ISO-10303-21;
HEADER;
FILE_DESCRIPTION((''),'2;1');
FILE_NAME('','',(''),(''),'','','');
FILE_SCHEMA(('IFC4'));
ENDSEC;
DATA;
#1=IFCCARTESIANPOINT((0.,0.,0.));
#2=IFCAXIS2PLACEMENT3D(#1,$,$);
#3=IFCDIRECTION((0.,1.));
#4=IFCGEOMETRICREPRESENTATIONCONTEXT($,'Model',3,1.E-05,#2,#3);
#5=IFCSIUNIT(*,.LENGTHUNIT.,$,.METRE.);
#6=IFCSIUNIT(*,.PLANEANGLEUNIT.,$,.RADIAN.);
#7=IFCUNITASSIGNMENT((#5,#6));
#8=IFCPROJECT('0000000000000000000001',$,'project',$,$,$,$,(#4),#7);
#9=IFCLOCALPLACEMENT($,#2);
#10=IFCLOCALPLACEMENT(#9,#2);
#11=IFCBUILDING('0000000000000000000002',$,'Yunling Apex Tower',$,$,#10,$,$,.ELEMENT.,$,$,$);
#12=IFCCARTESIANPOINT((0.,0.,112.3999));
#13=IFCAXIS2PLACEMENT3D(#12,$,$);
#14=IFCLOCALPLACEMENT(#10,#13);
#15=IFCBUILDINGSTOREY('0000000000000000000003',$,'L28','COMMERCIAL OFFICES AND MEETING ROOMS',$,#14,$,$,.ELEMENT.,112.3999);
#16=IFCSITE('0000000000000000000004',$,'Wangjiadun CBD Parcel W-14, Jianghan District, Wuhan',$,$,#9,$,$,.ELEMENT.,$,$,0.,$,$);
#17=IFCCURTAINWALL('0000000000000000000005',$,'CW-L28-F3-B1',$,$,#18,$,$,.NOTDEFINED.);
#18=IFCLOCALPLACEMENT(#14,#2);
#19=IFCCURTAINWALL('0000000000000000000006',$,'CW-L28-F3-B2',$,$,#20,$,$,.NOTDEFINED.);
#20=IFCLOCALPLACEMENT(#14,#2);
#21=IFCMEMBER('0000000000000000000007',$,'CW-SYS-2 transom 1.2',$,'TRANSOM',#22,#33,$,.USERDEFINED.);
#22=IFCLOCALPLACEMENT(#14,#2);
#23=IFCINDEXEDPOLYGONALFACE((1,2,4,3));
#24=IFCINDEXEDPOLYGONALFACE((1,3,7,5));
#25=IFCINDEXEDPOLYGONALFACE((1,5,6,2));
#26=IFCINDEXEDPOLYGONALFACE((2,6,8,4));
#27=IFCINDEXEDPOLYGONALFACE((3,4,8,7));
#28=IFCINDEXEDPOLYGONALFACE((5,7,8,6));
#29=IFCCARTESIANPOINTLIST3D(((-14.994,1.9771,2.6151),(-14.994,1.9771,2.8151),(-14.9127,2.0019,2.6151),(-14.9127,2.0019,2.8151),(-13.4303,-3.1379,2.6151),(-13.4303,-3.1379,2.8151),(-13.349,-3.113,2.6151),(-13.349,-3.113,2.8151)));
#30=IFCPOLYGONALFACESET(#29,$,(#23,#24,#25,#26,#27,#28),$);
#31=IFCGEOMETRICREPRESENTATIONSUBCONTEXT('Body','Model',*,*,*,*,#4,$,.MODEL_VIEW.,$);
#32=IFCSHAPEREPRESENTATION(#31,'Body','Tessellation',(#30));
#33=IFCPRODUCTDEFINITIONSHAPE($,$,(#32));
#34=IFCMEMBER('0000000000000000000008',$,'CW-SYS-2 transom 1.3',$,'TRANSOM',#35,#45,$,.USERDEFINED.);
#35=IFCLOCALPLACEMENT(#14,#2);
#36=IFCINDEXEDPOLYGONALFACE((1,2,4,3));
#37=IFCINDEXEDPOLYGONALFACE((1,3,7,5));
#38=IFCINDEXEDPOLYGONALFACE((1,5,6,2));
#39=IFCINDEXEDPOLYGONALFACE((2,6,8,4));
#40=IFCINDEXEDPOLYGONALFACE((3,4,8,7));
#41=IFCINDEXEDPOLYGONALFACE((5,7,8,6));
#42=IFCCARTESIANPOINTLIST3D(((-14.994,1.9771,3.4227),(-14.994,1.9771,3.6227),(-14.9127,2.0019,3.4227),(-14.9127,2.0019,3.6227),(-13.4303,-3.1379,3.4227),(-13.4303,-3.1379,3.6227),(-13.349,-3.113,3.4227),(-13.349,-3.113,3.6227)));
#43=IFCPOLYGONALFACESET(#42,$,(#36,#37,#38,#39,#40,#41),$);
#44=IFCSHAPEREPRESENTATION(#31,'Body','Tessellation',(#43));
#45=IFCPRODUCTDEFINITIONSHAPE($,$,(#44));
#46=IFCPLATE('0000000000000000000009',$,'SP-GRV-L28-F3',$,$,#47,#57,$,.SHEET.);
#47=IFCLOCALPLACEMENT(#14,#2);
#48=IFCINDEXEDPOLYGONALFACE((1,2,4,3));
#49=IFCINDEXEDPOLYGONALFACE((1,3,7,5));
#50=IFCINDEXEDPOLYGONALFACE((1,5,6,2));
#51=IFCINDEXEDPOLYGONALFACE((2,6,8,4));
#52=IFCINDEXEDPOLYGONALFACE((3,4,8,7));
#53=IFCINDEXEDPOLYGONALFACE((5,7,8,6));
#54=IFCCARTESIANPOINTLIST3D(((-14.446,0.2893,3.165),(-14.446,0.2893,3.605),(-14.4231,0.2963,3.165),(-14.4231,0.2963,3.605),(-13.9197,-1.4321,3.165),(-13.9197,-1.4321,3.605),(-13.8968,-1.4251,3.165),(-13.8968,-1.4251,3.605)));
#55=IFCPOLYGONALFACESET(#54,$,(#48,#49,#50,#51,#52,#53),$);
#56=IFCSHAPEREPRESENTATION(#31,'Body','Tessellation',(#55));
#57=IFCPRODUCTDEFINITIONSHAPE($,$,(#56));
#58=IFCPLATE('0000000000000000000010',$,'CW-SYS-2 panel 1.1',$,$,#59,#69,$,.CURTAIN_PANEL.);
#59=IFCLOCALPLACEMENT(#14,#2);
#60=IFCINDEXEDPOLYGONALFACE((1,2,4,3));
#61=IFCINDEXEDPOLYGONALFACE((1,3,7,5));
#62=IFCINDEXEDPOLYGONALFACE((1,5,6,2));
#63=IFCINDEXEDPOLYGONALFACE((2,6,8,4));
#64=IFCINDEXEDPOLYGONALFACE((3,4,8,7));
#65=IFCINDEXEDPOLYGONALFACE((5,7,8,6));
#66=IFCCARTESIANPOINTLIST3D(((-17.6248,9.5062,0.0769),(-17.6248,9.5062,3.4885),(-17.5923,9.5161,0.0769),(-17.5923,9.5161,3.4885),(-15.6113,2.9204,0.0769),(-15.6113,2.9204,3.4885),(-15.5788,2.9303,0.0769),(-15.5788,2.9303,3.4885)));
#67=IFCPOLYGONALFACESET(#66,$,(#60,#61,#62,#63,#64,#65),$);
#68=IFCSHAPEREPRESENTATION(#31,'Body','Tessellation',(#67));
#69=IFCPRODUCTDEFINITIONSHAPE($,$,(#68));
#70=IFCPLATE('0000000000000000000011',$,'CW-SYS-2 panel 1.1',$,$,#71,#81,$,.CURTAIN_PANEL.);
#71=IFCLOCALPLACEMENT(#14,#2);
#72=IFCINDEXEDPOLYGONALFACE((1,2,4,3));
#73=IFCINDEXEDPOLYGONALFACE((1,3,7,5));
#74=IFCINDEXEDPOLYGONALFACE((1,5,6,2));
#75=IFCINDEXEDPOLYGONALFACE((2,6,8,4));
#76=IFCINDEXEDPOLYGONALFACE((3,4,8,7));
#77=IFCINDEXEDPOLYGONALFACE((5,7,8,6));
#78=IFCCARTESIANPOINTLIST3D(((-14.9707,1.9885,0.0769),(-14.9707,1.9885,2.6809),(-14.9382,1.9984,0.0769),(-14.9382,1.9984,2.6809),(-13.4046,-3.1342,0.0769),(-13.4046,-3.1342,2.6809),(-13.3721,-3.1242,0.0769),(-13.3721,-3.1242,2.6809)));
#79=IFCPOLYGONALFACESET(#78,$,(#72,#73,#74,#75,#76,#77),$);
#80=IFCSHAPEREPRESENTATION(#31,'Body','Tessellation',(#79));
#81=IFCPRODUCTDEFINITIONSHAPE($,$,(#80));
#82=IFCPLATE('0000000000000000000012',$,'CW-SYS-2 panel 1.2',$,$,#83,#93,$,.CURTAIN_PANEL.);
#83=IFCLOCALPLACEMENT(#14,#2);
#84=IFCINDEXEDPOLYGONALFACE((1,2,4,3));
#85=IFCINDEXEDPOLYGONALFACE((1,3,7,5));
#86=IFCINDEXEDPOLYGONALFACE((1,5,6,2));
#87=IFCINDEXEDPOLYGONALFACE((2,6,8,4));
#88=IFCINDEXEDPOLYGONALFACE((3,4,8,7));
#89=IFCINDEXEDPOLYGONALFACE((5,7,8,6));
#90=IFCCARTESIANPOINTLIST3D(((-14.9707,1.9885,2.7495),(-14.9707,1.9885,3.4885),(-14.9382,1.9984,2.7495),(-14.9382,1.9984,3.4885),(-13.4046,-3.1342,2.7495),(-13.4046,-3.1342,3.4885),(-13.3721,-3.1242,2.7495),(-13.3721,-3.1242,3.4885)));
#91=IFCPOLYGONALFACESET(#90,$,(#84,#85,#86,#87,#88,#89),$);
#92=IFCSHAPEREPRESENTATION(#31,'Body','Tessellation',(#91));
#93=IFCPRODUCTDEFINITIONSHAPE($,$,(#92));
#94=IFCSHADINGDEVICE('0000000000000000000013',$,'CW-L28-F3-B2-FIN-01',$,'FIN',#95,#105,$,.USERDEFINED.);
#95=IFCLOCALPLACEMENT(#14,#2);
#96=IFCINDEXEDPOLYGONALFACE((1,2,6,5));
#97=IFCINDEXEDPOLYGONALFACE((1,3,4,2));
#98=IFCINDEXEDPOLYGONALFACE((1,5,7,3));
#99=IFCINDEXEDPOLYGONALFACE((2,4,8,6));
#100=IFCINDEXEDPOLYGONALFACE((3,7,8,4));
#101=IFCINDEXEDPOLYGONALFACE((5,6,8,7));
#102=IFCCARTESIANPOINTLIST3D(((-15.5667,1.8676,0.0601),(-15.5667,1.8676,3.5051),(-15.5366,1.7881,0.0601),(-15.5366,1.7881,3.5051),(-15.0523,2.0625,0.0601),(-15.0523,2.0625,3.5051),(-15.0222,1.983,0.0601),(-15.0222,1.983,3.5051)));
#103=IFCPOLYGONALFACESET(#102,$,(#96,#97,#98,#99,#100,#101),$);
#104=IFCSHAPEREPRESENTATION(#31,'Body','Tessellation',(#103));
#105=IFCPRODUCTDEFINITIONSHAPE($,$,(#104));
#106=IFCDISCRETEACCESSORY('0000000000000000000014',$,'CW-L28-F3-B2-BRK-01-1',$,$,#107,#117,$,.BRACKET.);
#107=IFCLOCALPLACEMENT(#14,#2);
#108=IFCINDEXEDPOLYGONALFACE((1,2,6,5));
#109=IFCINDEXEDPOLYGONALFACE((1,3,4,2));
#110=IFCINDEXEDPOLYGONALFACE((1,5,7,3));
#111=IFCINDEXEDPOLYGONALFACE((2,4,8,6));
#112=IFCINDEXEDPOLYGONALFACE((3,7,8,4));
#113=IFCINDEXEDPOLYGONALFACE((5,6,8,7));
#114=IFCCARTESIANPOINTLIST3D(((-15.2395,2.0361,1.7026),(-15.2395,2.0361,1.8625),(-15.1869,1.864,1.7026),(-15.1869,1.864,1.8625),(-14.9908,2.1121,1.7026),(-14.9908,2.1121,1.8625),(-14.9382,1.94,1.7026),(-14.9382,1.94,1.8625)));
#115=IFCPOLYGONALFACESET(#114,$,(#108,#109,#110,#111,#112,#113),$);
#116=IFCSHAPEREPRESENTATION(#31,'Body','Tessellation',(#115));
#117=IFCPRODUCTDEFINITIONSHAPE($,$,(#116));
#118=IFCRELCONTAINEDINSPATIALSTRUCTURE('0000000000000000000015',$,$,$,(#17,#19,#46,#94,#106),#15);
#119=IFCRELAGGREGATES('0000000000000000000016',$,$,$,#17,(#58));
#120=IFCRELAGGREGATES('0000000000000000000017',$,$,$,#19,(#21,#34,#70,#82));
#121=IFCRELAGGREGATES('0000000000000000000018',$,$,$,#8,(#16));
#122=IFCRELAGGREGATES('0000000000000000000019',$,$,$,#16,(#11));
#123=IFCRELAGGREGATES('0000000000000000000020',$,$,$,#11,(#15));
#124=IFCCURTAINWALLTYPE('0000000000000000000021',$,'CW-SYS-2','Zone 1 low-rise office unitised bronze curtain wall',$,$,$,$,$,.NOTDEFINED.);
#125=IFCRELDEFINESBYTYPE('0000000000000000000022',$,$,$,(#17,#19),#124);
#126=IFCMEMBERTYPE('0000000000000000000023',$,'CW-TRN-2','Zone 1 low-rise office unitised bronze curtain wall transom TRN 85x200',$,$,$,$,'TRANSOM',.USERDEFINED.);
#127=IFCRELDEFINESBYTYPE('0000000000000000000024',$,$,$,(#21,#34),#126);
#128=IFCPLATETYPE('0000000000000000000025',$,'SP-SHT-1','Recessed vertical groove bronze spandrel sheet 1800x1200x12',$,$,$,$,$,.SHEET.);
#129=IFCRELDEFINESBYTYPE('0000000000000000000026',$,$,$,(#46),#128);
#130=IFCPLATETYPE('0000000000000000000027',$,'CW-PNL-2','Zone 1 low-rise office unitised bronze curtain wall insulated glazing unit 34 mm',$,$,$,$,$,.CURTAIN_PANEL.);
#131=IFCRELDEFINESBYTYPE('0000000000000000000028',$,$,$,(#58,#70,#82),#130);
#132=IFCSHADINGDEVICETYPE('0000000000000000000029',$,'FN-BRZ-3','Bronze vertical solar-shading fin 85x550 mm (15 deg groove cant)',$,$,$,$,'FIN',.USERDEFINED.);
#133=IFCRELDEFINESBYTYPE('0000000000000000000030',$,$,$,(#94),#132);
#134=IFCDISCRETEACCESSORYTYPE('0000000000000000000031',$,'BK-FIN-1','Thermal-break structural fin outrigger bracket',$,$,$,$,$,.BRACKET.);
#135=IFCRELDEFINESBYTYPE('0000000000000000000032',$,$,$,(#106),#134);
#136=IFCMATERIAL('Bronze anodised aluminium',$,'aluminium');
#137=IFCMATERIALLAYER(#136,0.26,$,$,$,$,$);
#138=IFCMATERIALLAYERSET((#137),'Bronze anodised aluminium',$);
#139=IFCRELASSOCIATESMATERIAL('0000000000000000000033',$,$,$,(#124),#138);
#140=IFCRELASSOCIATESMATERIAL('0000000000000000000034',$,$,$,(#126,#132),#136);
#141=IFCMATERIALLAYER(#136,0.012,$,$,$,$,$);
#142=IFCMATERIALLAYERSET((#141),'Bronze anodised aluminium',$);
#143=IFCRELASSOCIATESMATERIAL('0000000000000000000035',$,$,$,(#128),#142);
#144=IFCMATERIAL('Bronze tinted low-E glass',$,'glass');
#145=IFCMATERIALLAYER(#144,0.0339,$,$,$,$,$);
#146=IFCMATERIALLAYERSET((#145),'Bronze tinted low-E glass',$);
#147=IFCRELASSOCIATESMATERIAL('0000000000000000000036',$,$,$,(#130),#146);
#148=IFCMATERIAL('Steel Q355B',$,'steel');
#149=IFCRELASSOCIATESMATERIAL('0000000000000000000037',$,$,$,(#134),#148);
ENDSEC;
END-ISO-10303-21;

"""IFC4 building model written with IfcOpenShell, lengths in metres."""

from ifc_helpers import new_model, si_unit, direction, frame, origin, origin_2d, place, context, subcontext, project, spatial, rectangle, extrude, source, transform, mapped, material, layer, layer_set, material_profile, profile_set, type_object, element, aggregate, save


model = new_model("IFC4")

# Units and contexts
model_context = context("Model", 3, precision=1e-05, world=origin(), true_north=direction((0.0, 1.0)))
body_context = subcontext(model_context, "Body", "Model", "MODEL_VIEW")
ifc_project = project(units=[si_unit("LENGTHUNIT", "METRE"), si_unit("PLANEANGLEUNIT", "RADIAN")], contexts=[model_context])

# Site, building, storey
site_placement = place(None, origin())
site = spatial("IfcSite", under=ifc_project, at=site_placement, Name="Wangjiadun CBD Parcel W-14, Jianghan District, Wuhan", CompositionType="ELEMENT", RefElevation=0.0)
building_placement = place(site_placement, origin())
building = spatial("IfcBuilding", under=site, at=building_placement, Name="Yunling Apex Tower", CompositionType="ELEMENT")
storey_placement = place(building_placement, frame((0.0, 0.0, 112.3999)))
storey = spatial("IfcBuildingStorey", under=building, at=storey_placement, Name="L28", Description="COMMERCIAL OFFICES AND MEETING ROOMS", CompositionType="ELEMENT", Elevation=112.3999)

# Shared definitions
ifc_material_1 = material(Name="Steel Q355B", Category="steel")

# Curtain wall
ifc_material_2 = material(Name="Bronze anodised aluminium", Category="aluminium")
ifc_layer_1 = layer(ifc_material_2, 0.26)
ifc_layer_set_1 = layer_set([ifc_layer_1], Name="Bronze anodised aluminium")
curtain_wall_type = type_object("IfcCurtainWallType", Name="CW-SYS-2", Description="Zone 1 low-rise office unitised bronze curtain wall", PredefinedType="NOTDEFINED", material=ifc_layer_set_1)
curtain_wall_1_placement = place(storey_placement, origin())
curtain_wall_1 = element("IfcCurtainWall", 1, at=curtain_wall_1_placement, inside=storey, type_object=curtain_wall_type, Name="CW-L28-F3-B1", PredefinedType="NOTDEFINED")

# Curtain wall, members
curtain_wall_2_placement = place(storey_placement, origin())
curtain_wall_2 = element("IfcCurtainWall", 2, at=curtain_wall_2_placement, inside=storey, type_object=curtain_wall_type, Name="CW-L28-F3-B2", PredefinedType="NOTDEFINED")
ifc_material_profile_1 = material_profile(ifc_material_2, rectangle(XDim=0.085, YDim=0.2, at=origin_2d()))
ifc_profile_set_1 = profile_set([ifc_material_profile_1], Name="Bronze anodised aluminium")
member_type_1 = type_object("IfcMemberType", Name="CW-TRN-2", Description="Zone 1 low-rise office unitised bronze curtain wall transom TRN 85x200", ElementType="TRANSOM", PredefinedType="USERDEFINED", material=ifc_profile_set_1)
shared_shape_1 = source(origin(), body_context, "Body", "SweptSolid", [
    extrude(rectangle(XDim=0.085, YDim=0.2, at=origin_2d()), origin(), (0.0, 0.0, 1.0), 5.3486),
])
member_1_placement = place(storey_placement, frame((-14.9534, 1.9895, 2.7151), z_axis=(0.292357, -0.956309, 0.0), x_axis=(0.956309, 0.292357, 0.0)))
member_1 = element("IfcMember", 3, at=member_1_placement, type_object=member_type_1, Name="CW-SYS-2 transom 1.2", ObjectType="TRANSOM", PredefinedType="USERDEFINED", context=body_context, shape_type="MappedRepresentation", body=[
    mapped(shared_shape_1, transform((0.0, 0.0, 0.0), scale=1.0)),
])
member_2_placement = place(storey_placement, frame((-14.9534, 1.9895, 3.5227), z_axis=(0.292357, -0.956309, 0.0), x_axis=(0.956309, 0.292357, 0.0)))
member_2 = element("IfcMember", 4, at=member_2_placement, type_object=member_type_1, Name="CW-SYS-2 transom 1.3", ObjectType="TRANSOM", PredefinedType="USERDEFINED", context=body_context, shape_type="MappedRepresentation", body=[
    mapped(shared_shape_1, transform((0.0, 0.0, 0.0), scale=1.0)),
])

# Plates
ifc_layer_2 = layer(ifc_material_2, 0.012)
ifc_layer_set_2 = layer_set([ifc_layer_2], Name="Bronze anodised aluminium")
plate_type_1 = type_object("IfcPlateType", Name="SP-SHT-1", Description="Recessed vertical groove bronze spandrel sheet 1800x1200x12", PredefinedType="SHEET", material=ifc_layer_set_2)
shared_shape_2 = source(origin(), body_context, "Body", "SweptSolid", [
    extrude(rectangle(XDim=1.8, YDim=0.0239, at=origin_2d()), origin(), (0.0, 0.0, 1.0), 0.4399),
])
plate_1_placement = place(storey_placement, frame((-14.1714, -0.5679, 3.165), z_axis=(0.0, 0.0, 1.0), x_axis=(0.292372, -0.956305, 0.0)))
element("IfcPlate", 5, at=plate_1_placement, inside=storey, type_object=plate_type_1, Name="SP-GRV-L28-F3", PredefinedType="SHEET", context=body_context, shape_type="MappedRepresentation", body=[
    mapped(shared_shape_2, transform((0.0, 0.0, 0.0), scale=1.0)),
])
ifc_material_3 = material(Name="Bronze tinted low-E glass", Category="glass")
ifc_layer_3 = layer(ifc_material_3, 0.0339)
ifc_layer_set_3 = layer_set([ifc_layer_3], Name="Bronze tinted low-E glass")
plate_type_2 = type_object("IfcPlateType", Name="CW-PNL-2", Description="Zone 1 low-rise office unitised bronze curtain wall insulated glazing unit 34 mm", PredefinedType="CURTAIN_PANEL", material=ifc_layer_set_3)
shared_shape_3 = source(origin(), body_context, "Body", "SweptSolid", [
    extrude(rectangle(XDim=6.8867, YDim=0.0339, at=origin_2d()), origin(), (0.0, 0.0, 1.0), 3.4116),
])
plate_2_placement = place(storey_placement, frame((-16.6018, 6.2183, 0.0769), z_axis=(0.0, 0.0, 1.0), x_axis=(0.292373, -0.956304, 0.0)))
plate_2 = element("IfcPlate", 6, at=plate_2_placement, type_object=plate_type_2, Name="CW-SYS-2 panel 1.1", PredefinedType="CURTAIN_PANEL", context=body_context, shape_type="MappedRepresentation", body=[
    mapped(shared_shape_3, transform((0.0, 0.0, 0.0), scale=1.0)),
])
aggregate(curtain_wall_1, [plate_2])
shared_shape_4 = source(origin(), body_context, "Body", "SweptSolid", [
    extrude(rectangle(XDim=5.3567, YDim=0.0339, at=origin_2d()), origin(), (0.0, 0.0, 1.0), 2.604),
])
plate_3_placement = place(storey_placement, frame((-14.1714, -0.5679, 0.0769), z_axis=(0.0, 0.0, 1.0), x_axis=(0.292364, -0.956307, 0.0)))
plate_3 = element("IfcPlate", 7, at=plate_3_placement, type_object=plate_type_2, Name="CW-SYS-2 panel 1.1", PredefinedType="CURTAIN_PANEL", context=body_context, shape_type="MappedRepresentation", body=[
    mapped(shared_shape_4, transform((0.0, 0.0, 0.0), scale=1.0)),
])
shared_shape_5 = source(origin(), body_context, "Body", "SweptSolid", [
    extrude(rectangle(XDim=5.3567, YDim=0.0339, at=origin_2d()), origin(), (0.0, 0.0, 1.0), 0.739),
])
plate_4_placement = place(storey_placement, frame((-14.1714, -0.5679, 2.7495), z_axis=(0.0, 0.0, 1.0), x_axis=(0.292364, -0.956307, 0.0)))
plate_4 = element("IfcPlate", 8, at=plate_4_placement, type_object=plate_type_2, Name="CW-SYS-2 panel 1.2", PredefinedType="CURTAIN_PANEL", context=body_context, shape_type="MappedRepresentation", body=[
    mapped(shared_shape_5, transform((0.0, 0.0, 0.0), scale=1.0)),
])
aggregate(curtain_wall_2, [member_1, member_2, plate_3, plate_4])

# Shading device
ifc_material_profile_2 = material_profile(ifc_material_2, rectangle(XDim=0.085, YDim=0.55, at=origin_2d()))
ifc_profile_set_2 = profile_set([ifc_material_profile_2], Name="Bronze anodised aluminium")
shading_device_type = type_object("IfcShadingDeviceType", Name="FN-BRZ-3", Description="Bronze vertical solar-shading fin 85x550 mm (15 deg groove cant)", ElementType="FIN", PredefinedType="USERDEFINED", material=ifc_profile_set_2)
shared_shape_6 = source(origin(), body_context, "Body", "SweptSolid", [
    extrude(rectangle(XDim=0.085, YDim=0.55, at=origin_2d()), origin(), (0.0, 0.0, 1.0), 3.4451),
])
shading_device_placement = place(storey_placement, frame((-15.2944, 1.9253, 0.0601), z_axis=(0.0, 0.0, 1.0), x_axis=(0.354291, -0.935135, 0.0)))
element("IfcShadingDevice", 9, at=shading_device_placement, inside=storey, type_object=shading_device_type, Name="CW-L28-F3-B2-FIN-01", ObjectType="FIN", PredefinedType="USERDEFINED", context=body_context, shape_type="MappedRepresentation", body=[
    mapped(shared_shape_6, transform((0.0, 0.0, 0.0), scale=1.0)),
])

# Discrete accessory
discrete_accessory_type = type_object("IfcDiscreteAccessoryType", Name="BK-FIN-1", Description="Thermal-break structural fin outrigger bracket", PredefinedType="BRACKET", material=ifc_material_1)
shared_shape_7 = source(origin(), body_context, "Body", "SweptSolid", [
    extrude(rectangle(XDim=0.1799, YDim=0.26, at=origin_2d()), origin(), (0.0, 0.0, 1.0), 0.1599),
])
discrete_accessory_placement = place(storey_placement, frame((-15.0889, 1.988, 1.7026), z_axis=(0.0, 0.0, 1.0), x_axis=(0.292372, -0.956305, 0.0)))
element("IfcDiscreteAccessory", 10, at=discrete_accessory_placement, inside=storey, type_object=discrete_accessory_type, Name="CW-L28-F3-B2-BRK-01-1", PredefinedType="BRACKET", context=body_context, shape_type="MappedRepresentation", body=[
    mapped(shared_shape_7, transform((0.0, 0.0, 0.0), scale=1.0)),
])

save(model, "model.ifc")
